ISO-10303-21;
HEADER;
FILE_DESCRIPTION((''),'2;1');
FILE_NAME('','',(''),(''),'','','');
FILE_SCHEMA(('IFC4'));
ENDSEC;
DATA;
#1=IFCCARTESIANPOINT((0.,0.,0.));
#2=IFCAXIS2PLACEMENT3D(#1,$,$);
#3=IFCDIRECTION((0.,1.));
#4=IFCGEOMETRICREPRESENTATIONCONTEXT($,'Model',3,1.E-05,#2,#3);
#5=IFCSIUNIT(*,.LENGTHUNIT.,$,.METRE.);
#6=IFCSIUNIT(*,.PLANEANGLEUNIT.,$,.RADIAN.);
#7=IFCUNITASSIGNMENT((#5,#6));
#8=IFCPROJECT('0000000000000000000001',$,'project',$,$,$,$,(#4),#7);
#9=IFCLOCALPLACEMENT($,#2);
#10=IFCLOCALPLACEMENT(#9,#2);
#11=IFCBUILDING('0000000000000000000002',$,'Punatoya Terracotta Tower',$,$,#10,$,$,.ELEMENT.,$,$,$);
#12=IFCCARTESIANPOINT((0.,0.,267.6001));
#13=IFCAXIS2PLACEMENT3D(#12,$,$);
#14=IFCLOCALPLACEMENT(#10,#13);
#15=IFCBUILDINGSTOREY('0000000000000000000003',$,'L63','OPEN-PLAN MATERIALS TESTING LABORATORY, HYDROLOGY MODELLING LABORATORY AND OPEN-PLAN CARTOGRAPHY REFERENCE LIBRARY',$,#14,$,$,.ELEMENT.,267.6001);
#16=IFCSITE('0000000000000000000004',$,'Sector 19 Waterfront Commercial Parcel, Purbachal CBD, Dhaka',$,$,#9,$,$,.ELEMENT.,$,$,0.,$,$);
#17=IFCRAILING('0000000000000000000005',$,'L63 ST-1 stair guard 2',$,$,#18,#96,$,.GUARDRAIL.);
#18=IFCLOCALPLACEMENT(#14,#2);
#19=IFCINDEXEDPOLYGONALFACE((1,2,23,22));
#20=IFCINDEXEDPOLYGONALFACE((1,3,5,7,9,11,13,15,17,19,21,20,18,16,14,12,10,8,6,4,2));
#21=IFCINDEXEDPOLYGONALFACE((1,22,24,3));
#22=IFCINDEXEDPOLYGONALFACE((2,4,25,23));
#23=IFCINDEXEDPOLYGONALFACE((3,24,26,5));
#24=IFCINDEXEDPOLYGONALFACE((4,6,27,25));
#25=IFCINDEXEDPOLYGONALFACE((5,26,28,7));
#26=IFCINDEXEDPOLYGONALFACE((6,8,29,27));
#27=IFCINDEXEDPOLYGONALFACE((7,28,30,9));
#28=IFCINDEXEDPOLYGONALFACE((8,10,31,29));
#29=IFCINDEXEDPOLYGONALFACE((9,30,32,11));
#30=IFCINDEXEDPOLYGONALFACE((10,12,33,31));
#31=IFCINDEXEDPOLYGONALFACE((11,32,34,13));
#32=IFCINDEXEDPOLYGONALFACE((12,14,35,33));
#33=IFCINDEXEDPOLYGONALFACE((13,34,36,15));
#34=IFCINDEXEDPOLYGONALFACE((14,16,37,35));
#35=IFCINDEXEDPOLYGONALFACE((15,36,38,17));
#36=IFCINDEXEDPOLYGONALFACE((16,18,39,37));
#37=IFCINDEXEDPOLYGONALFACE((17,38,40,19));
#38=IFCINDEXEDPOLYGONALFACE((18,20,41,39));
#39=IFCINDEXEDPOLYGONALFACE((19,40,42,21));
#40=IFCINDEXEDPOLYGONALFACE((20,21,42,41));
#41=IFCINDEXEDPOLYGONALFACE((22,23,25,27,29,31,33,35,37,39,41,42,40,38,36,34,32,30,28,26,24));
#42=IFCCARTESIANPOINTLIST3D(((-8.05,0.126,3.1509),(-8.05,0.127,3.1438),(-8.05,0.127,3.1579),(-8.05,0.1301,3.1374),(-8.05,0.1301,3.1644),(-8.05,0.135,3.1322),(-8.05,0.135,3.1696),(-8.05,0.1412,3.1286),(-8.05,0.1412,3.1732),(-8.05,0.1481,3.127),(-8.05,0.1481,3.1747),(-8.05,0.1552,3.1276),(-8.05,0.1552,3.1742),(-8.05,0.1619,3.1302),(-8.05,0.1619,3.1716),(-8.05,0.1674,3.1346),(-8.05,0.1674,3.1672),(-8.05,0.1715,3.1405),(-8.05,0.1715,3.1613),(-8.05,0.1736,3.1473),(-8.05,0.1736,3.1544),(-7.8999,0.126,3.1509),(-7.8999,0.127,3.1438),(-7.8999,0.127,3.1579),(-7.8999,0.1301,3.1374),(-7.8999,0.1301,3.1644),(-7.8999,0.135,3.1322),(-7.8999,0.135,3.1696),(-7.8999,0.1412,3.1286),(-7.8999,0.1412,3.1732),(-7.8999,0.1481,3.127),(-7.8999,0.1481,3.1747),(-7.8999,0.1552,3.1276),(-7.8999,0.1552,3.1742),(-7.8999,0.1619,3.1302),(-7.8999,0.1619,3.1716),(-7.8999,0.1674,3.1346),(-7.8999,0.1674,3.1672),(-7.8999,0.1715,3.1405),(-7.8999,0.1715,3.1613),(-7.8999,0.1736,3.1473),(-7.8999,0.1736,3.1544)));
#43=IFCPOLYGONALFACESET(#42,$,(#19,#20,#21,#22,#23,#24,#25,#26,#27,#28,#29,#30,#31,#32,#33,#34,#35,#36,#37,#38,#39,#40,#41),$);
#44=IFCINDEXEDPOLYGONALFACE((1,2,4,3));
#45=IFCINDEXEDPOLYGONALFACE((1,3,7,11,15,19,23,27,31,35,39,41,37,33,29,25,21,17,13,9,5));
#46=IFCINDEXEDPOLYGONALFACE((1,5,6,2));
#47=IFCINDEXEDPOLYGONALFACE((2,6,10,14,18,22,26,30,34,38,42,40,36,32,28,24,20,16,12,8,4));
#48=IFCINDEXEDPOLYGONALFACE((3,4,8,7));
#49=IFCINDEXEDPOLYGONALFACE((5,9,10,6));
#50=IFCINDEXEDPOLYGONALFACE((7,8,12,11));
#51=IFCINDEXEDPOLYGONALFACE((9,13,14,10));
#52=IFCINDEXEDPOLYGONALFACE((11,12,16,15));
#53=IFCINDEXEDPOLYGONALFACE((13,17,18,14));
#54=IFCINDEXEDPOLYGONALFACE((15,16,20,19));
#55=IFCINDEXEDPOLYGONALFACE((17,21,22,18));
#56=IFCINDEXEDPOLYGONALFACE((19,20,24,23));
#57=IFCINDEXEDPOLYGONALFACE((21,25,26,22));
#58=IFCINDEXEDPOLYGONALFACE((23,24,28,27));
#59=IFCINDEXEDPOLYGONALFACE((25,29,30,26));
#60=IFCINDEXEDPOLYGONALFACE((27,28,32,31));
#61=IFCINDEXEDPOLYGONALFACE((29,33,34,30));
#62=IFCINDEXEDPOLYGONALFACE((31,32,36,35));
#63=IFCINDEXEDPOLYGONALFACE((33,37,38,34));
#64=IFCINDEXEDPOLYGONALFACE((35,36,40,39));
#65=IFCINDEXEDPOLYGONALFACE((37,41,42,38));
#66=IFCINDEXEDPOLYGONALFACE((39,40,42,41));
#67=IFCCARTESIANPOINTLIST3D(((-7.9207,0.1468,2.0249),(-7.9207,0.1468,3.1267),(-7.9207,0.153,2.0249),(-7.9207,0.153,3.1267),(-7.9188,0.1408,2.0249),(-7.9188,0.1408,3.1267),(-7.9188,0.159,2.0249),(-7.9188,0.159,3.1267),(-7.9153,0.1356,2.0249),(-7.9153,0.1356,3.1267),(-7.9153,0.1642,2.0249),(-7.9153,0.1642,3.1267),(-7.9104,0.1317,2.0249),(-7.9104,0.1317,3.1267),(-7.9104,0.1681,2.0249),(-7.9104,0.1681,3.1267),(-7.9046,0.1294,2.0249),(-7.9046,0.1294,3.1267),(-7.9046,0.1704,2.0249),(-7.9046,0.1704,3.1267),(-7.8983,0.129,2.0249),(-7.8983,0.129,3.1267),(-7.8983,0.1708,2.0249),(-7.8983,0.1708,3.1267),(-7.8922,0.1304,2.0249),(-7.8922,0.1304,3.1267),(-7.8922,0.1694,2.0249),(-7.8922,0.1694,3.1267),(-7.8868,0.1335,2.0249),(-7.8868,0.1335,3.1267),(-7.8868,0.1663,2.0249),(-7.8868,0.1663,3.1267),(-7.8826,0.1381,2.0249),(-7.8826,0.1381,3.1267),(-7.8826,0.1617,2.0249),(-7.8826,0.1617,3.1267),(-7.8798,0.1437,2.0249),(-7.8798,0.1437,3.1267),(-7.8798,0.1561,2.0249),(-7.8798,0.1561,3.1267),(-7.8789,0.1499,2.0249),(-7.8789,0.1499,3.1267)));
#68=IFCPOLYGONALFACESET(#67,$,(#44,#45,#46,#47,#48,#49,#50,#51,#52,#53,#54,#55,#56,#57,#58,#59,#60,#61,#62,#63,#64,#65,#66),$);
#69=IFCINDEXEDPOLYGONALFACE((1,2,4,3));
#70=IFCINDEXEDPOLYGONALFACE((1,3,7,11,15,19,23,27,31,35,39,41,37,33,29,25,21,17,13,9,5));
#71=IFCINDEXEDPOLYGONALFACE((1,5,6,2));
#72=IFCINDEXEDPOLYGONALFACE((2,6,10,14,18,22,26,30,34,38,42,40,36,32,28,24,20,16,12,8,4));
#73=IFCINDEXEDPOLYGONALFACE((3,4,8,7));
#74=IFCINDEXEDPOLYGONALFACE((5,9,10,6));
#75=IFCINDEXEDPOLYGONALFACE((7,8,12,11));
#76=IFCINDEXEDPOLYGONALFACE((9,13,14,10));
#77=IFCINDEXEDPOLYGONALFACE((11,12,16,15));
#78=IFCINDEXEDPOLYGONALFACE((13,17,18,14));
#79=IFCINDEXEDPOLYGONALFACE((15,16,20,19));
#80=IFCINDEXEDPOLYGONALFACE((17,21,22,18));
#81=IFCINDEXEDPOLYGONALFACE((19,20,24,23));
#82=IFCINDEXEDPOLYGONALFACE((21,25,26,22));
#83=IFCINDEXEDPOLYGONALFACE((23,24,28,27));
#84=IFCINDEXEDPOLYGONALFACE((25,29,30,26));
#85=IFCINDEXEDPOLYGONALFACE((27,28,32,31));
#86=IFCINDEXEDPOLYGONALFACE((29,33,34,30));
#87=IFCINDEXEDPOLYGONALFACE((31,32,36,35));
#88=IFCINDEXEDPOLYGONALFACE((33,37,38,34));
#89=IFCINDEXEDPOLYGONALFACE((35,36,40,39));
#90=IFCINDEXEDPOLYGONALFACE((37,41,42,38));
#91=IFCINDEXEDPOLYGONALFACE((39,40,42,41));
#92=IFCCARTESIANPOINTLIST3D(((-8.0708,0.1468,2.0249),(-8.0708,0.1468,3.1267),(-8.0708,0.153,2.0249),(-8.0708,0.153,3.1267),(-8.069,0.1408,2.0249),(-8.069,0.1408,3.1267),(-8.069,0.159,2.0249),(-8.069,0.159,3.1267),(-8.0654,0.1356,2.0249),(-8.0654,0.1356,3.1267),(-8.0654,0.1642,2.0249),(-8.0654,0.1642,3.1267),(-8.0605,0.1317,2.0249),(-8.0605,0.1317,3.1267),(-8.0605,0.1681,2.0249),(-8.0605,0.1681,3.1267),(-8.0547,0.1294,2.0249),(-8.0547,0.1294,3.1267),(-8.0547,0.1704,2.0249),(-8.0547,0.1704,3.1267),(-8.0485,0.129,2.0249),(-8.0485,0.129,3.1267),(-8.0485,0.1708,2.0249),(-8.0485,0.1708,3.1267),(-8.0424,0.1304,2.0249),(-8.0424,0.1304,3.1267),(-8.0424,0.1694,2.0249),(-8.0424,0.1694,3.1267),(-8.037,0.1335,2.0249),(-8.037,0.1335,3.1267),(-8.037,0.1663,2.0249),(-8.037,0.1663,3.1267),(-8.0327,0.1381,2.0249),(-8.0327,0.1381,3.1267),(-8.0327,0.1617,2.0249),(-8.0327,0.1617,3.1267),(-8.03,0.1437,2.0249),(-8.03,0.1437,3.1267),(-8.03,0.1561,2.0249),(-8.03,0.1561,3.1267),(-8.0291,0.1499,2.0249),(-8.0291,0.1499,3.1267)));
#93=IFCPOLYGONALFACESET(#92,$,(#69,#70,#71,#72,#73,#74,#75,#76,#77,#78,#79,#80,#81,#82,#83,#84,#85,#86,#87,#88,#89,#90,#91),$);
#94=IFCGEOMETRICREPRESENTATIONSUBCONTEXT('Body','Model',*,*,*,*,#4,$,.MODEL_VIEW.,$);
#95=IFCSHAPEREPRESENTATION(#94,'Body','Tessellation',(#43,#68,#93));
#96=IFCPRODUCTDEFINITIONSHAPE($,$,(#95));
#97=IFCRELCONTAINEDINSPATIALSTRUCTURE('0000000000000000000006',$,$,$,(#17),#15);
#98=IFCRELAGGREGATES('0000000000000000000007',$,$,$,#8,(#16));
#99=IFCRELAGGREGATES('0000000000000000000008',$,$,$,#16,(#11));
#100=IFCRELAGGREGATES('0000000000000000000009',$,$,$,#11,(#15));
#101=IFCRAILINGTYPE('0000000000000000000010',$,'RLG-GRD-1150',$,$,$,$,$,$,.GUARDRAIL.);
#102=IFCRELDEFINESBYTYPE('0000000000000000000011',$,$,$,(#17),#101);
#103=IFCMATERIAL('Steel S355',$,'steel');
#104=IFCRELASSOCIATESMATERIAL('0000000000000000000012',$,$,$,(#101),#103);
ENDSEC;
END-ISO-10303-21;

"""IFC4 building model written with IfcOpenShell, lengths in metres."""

from ifc_helpers import new_model, si_unit, direction, frame, origin, origin_2d, place, context, subcontext, project, spatial, circle, extrude, material, type_object, element, save


model = new_model("IFC4")

# Units and contexts
model_context = context("Model", 3, precision=1e-05, world=origin(), true_north=direction((0.0, 1.0)))
body_context = subcontext(model_context, "Body", "Model", "MODEL_VIEW")
ifc_project = project(units=[si_unit("LENGTHUNIT", "METRE"), si_unit("PLANEANGLEUNIT", "RADIAN")], contexts=[model_context])

# Site, building, storey
site_placement = place(None, origin())
site = spatial("IfcSite", under=ifc_project, at=site_placement, Name="Sector 19 Waterfront Commercial Parcel, Purbachal CBD, Dhaka", CompositionType="ELEMENT", RefElevation=0.0)
building_placement = place(site_placement, origin())
building = spatial("IfcBuilding", under=site, at=building_placement, Name="Punatoya Terracotta Tower", CompositionType="ELEMENT")
storey_placement = place(building_placement, frame((0.0, 0.0, 267.6001)))
storey = spatial("IfcBuildingStorey", under=building, at=storey_placement, Name="L63", Description="OPEN-PLAN MATERIALS TESTING LABORATORY, HYDROLOGY MODELLING LABORATORY AND OPEN-PLAN CARTOGRAPHY REFERENCE LIBRARY", CompositionType="ELEMENT", Elevation=267.6001)

# Railing
ifc_material_1 = material(Name="Steel S355", Category="steel")
railing_type_1 = type_object("IfcRailingType", Name="RLG-GRD-1150", PredefinedType="GUARDRAIL", material=ifc_material_1)
railing_1_placement = place(storey_placement, frame((-7.8999, 0.1499, 2.0249)))
element("IfcRailing", 1, at=railing_1_placement, inside=storey, type_object=railing_type_1, Name="L63 ST-1 stair guard 2", PredefinedType="GUARDRAIL", context=body_context, shape_type="SweptSolid", body=[
    extrude(circle(Radius=0.0239, at=origin_2d()), frame((0.0, 0.0, 1.126), z_axis=(-1.0, 0.0, 0.0), x_axis=(0.0, -1.0, 0.0)), (0.0, 0.0, 1.0), 0.1501),
    extrude(circle(Radius=0.021, at=origin_2d()), origin(), (0.0, 0.0, 1.0), 1.1018),
    extrude(circle(Radius=0.021, at=origin_2d()), frame((-0.1501, 0.0, 0.0)), (0.0, 0.0, 1.0), 1.1018),
])

save(model, "model.ifc")
